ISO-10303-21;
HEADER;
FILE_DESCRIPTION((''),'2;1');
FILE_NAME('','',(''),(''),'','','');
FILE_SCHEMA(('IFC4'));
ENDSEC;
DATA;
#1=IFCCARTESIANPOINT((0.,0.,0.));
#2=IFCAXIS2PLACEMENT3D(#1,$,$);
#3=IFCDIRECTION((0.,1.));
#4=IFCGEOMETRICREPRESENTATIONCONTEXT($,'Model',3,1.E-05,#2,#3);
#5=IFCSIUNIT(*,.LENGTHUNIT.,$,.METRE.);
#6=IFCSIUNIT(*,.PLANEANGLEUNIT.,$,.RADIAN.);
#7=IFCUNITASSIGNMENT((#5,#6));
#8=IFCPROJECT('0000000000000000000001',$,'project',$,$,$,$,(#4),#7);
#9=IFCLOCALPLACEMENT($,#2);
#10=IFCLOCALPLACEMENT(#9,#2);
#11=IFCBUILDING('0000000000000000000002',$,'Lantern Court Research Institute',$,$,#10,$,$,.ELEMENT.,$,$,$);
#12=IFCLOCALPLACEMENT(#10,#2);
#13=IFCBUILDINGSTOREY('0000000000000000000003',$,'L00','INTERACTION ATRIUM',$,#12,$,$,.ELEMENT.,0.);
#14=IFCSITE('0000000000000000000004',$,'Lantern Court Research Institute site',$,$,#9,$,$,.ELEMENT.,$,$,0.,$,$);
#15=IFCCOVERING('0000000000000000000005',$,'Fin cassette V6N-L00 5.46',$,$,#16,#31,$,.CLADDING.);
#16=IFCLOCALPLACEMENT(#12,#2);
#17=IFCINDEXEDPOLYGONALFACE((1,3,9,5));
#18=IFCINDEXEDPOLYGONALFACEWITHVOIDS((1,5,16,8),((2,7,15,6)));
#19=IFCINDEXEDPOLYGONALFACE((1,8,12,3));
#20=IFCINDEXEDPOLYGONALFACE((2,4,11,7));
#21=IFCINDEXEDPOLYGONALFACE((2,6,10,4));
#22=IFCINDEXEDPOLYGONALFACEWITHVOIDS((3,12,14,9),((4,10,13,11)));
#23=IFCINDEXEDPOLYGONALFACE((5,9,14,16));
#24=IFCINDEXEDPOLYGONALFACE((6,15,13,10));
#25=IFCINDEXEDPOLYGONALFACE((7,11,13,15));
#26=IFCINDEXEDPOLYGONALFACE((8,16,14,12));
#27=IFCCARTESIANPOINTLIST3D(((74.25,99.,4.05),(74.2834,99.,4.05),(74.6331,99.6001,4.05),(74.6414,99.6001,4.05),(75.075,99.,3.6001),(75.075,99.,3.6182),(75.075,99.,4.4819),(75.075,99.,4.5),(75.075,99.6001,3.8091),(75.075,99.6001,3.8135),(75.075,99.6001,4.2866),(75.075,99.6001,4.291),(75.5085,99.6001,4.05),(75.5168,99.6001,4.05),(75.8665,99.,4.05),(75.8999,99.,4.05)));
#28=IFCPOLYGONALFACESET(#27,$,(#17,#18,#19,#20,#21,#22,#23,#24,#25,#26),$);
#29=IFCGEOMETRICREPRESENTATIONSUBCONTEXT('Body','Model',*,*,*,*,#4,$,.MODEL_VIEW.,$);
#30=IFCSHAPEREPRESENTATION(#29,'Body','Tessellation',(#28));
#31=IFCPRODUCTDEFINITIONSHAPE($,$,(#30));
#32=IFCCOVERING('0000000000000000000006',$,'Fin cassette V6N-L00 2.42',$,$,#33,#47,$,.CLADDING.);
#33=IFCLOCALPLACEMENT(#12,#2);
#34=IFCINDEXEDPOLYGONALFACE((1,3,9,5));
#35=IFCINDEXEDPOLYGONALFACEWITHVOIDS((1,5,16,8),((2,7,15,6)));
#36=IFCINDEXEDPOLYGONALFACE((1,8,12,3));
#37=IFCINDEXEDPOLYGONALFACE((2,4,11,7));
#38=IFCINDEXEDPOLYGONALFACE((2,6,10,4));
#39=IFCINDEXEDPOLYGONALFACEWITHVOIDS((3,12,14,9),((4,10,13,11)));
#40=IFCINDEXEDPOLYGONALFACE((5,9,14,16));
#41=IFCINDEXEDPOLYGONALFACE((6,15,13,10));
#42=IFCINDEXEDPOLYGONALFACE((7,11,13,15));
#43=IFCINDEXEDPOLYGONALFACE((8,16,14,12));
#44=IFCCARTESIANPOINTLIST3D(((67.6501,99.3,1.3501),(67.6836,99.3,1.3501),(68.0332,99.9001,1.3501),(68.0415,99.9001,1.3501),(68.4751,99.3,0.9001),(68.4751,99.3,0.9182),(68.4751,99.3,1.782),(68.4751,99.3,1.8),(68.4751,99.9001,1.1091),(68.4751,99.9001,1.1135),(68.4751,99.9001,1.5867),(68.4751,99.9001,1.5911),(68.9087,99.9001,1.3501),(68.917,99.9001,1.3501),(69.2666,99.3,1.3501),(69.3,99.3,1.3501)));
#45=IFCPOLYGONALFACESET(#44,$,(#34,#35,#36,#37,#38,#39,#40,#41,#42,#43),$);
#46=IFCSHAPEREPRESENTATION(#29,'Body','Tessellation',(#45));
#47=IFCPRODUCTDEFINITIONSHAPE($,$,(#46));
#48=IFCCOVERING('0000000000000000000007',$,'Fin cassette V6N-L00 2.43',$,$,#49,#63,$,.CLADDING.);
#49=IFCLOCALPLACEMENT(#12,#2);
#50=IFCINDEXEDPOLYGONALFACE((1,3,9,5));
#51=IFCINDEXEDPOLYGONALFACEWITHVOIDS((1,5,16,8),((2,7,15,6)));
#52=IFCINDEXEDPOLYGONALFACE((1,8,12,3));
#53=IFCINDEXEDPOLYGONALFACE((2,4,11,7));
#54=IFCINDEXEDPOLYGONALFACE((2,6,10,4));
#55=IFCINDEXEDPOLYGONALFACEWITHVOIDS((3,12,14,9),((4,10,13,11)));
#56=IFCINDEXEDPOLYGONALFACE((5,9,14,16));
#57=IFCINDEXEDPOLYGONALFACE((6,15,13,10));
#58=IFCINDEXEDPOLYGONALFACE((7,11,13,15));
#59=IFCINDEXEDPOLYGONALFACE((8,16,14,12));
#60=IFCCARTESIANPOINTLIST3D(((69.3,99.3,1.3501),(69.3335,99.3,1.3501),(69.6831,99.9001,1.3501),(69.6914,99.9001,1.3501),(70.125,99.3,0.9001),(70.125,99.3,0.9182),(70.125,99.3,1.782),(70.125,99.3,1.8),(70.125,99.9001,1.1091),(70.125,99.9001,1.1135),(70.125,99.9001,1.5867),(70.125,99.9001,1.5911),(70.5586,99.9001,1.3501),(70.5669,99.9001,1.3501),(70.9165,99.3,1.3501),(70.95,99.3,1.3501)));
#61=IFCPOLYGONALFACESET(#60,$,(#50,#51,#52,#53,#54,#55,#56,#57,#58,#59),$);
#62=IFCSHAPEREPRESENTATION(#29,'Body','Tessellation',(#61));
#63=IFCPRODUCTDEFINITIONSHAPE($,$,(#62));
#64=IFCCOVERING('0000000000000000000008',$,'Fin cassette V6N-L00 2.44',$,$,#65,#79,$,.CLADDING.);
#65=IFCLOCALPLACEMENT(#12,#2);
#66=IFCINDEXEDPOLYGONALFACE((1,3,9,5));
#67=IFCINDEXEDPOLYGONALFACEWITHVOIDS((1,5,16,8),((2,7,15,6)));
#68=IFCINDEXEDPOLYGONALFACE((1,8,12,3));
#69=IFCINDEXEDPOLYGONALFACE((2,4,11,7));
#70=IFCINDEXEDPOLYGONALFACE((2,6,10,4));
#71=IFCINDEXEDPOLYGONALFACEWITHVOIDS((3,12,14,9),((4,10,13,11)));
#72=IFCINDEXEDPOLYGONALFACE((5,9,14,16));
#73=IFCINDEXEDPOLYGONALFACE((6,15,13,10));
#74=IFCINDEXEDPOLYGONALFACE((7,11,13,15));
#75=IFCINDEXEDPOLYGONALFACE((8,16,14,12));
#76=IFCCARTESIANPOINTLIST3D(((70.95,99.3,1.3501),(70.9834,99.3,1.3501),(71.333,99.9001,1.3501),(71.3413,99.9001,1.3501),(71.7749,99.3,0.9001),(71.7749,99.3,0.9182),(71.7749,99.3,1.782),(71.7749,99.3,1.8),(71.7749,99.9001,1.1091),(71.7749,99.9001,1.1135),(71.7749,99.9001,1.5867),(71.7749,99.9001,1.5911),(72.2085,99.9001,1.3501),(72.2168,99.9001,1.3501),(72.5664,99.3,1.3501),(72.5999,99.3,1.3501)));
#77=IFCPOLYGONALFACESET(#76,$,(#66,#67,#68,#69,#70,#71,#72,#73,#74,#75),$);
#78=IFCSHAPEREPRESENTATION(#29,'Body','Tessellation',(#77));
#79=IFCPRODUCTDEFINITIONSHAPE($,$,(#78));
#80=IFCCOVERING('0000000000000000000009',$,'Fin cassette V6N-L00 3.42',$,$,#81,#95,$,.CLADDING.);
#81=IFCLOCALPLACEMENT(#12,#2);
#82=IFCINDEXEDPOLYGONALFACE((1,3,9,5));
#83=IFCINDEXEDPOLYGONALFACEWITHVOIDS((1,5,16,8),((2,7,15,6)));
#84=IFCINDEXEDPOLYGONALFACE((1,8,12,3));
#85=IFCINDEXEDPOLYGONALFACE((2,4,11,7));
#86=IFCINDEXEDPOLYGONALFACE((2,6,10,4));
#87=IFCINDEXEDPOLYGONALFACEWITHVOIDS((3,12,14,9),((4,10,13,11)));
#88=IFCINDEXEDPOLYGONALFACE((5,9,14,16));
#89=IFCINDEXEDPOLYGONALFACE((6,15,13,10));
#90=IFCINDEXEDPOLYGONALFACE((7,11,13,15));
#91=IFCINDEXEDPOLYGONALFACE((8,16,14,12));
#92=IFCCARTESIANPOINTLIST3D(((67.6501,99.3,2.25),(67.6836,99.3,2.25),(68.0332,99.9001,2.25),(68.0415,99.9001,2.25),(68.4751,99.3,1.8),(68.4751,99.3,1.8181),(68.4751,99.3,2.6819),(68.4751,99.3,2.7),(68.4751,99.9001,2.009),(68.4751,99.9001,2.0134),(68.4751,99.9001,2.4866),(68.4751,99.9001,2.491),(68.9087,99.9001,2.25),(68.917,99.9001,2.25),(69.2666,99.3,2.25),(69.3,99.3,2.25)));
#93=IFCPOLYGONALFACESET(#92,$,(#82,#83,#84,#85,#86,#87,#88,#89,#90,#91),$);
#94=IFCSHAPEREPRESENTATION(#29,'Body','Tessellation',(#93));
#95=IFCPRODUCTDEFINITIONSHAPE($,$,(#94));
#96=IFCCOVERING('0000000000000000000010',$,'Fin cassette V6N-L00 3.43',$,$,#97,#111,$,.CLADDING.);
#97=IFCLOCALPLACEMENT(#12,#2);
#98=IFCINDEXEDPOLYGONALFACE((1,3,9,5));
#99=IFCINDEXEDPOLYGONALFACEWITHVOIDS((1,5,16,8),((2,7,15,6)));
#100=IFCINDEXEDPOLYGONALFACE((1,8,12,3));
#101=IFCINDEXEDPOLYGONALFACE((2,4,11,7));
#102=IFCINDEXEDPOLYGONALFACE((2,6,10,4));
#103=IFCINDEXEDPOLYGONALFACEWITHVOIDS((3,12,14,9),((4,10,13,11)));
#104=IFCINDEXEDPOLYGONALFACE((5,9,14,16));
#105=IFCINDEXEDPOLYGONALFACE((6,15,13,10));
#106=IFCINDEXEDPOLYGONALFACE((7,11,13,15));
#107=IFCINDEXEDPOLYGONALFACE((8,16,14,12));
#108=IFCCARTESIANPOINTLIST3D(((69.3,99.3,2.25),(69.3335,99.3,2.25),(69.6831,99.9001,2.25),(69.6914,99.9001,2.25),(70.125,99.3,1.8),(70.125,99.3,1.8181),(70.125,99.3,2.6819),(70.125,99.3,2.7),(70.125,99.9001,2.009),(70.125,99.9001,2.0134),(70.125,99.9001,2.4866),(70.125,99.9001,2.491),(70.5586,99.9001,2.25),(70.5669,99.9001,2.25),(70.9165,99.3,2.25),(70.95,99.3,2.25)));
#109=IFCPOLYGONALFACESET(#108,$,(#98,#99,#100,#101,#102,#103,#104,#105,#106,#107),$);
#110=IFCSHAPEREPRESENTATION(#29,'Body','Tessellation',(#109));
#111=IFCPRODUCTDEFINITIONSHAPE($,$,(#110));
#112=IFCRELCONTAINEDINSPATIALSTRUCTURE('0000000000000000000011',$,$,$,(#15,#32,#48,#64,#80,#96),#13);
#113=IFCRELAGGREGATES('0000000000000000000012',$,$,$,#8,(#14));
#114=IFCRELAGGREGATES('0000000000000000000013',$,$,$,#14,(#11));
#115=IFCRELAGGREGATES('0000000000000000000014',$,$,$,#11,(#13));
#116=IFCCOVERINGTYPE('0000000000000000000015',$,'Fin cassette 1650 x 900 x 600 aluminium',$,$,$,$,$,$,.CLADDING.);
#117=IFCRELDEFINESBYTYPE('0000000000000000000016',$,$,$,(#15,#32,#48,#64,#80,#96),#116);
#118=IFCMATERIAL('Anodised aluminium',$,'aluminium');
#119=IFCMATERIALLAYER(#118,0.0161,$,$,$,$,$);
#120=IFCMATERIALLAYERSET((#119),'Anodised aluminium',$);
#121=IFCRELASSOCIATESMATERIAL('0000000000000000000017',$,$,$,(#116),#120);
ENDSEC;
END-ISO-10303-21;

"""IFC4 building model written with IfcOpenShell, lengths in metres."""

from ifc_helpers import new_model, entity, si_unit, direction, frame, origin, place, context, subcontext, project, spatial, material, layer, layer_set, type_object, element, save


model = new_model("IFC4")

# Units and contexts
model_context = context("Model", 3, precision=1e-05, world=origin(), true_north=direction((0.0, 1.0)))
body_context = subcontext(model_context, "Body", "Model", "MODEL_VIEW")
ifc_project = project(units=[si_unit("LENGTHUNIT", "METRE"), si_unit("PLANEANGLEUNIT", "RADIAN")], contexts=[model_context])

# Site, building, storey
site_placement = place(None, origin())
site = spatial("IfcSite", under=ifc_project, at=site_placement, Name="Lantern Court Research Institute site", CompositionType="ELEMENT", RefElevation=0.0)
building_placement = place(site_placement, origin())
building = spatial("IfcBuilding", under=site, at=building_placement, Name="Lantern Court Research Institute", CompositionType="ELEMENT")
storey_placement = place(building_placement, origin())
storey = spatial("IfcBuildingStorey", under=building, at=storey_placement, Name="L00", Description="INTERACTION ATRIUM", CompositionType="ELEMENT", Elevation=0.0)

# Coverings
ifc_material = material(Name="Anodised aluminium", Category="aluminium")
ifc_layer = layer(ifc_material, 0.0161)
ifc_layer_set = layer_set([ifc_layer], Name="Anodised aluminium")
covering_type = type_object("IfcCoveringType", Name="Fin cassette 1650 x 900 x 600 aluminium", PredefinedType="CLADDING", material=ifc_layer_set)
covering_1_placement = place(storey_placement, frame((75.075, 99.0, 4.05), z_axis=(0.0, 1.0, 0.0), x_axis=(-1.0, 0.0, 0.0)))
cartesian_point_1 = entity("IfcCartesianPoint", [0.825, 0.0])
cartesian_point_2 = entity("IfcCartesianPoint", [0.7915, 0.0])
cartesian_point_3 = entity("IfcCartesianPoint", [0.4419, 0.0])
cartesian_point_4 = entity("IfcCartesianPoint", [0.4336, 0.0])
element("IfcCovering", 1, at=covering_1_placement, inside=storey, type_object=covering_type, Name="Fin cassette V6N-L00 5.46", PredefinedType="CLADDING", context=body_context, shape_type="SweptSolid", body=[
    entity("IfcExtrudedAreaSolidTapered", entity("IfcArbitraryProfileDefWithVoids", "AREA", None, entity("IfcPolyline", [cartesian_point_1, entity("IfcCartesianPoint", [0.0, 0.45]), entity("IfcCartesianPoint", [-0.825, 0.0]), entity("IfcCartesianPoint", [0.0, -0.45]), cartesian_point_1]), [entity("IfcPolyline", [cartesian_point_2, entity("IfcCartesianPoint", [0.0, 0.4319]), entity("IfcCartesianPoint", [-0.7915, 0.0]), entity("IfcCartesianPoint", [0.0, -0.4319]), cartesian_point_2])]), entity("IfcAxis2Placement3D", entity("IfcCartesianPoint", [0.0, 0.0, 0.0])), entity("IfcDirection", [0.0, 0.0, 1.0]), 0.6001, entity("IfcArbitraryProfileDefWithVoids", "AREA", None, entity("IfcPolyline", [cartesian_point_3, entity("IfcCartesianPoint", [0.0, 0.241]), entity("IfcCartesianPoint", [-0.4419, 0.0]), entity("IfcCartesianPoint", [0.0, -0.241]), cartesian_point_3]), [entity("IfcPolyline", [cartesian_point_4, entity("IfcCartesianPoint", [0.0, 0.2366]), entity("IfcCartesianPoint", [-0.4336, 0.0]), entity("IfcCartesianPoint", [0.0, -0.2366]), cartesian_point_4])])),
])
covering_2_placement = place(storey_placement, frame((68.4751, 99.3, 1.3501), z_axis=(0.0, 1.0, 0.0), x_axis=(-1.0, 0.0, 0.0)))
cartesian_point_5 = entity("IfcCartesianPoint", [0.825, 0.0])
cartesian_point_6 = entity("IfcCartesianPoint", [0.7915, 0.0])
cartesian_point_7 = entity("IfcCartesianPoint", [0.4419, 0.0])
cartesian_point_8 = entity("IfcCartesianPoint", [0.4336, 0.0])
element("IfcCovering", 2, at=covering_2_placement, inside=storey, type_object=covering_type, Name="Fin cassette V6N-L00 2.42", PredefinedType="CLADDING", context=body_context, shape_type="SweptSolid", body=[
    entity("IfcExtrudedAreaSolidTapered", entity("IfcArbitraryProfileDefWithVoids", "AREA", None, entity("IfcPolyline", [cartesian_point_5, entity("IfcCartesianPoint", [0.0, 0.45]), entity("IfcCartesianPoint", [-0.825, 0.0]), entity("IfcCartesianPoint", [0.0, -0.45]), cartesian_point_5]), [entity("IfcPolyline", [cartesian_point_6, entity("IfcCartesianPoint", [0.0, 0.4319]), entity("IfcCartesianPoint", [-0.7915, 0.0]), entity("IfcCartesianPoint", [0.0, -0.4319]), cartesian_point_6])]), entity("IfcAxis2Placement3D", entity("IfcCartesianPoint", [0.0, 0.0, 0.0])), entity("IfcDirection", [0.0, 0.0, 1.0]), 0.6001, entity("IfcArbitraryProfileDefWithVoids", "AREA", None, entity("IfcPolyline", [cartesian_point_7, entity("IfcCartesianPoint", [0.0, 0.241]), entity("IfcCartesianPoint", [-0.4419, 0.0]), entity("IfcCartesianPoint", [0.0, -0.241]), cartesian_point_7]), [entity("IfcPolyline", [cartesian_point_8, entity("IfcCartesianPoint", [0.0, 0.2366]), entity("IfcCartesianPoint", [-0.4336, 0.0]), entity("IfcCartesianPoint", [0.0, -0.2366]), cartesian_point_8])])),
])
covering_3_placement = place(storey_placement, frame((70.125, 99.3, 1.3501), z_axis=(0.0, 1.0, 0.0), x_axis=(-1.0, 0.0, 0.0)))
cartesian_point_9 = entity("IfcCartesianPoint", [0.825, 0.0])
cartesian_point_10 = entity("IfcCartesianPoint", [0.7915, 0.0])
cartesian_point_11 = entity("IfcCartesianPoint", [0.4419, 0.0])
cartesian_point_12 = entity("IfcCartesianPoint", [0.4336, 0.0])
element("IfcCovering", 3, at=covering_3_placement, inside=storey, type_object=covering_type, Name="Fin cassette V6N-L00 2.43", PredefinedType="CLADDING", context=body_context, shape_type="SweptSolid", body=[
    entity("IfcExtrudedAreaSolidTapered", entity("IfcArbitraryProfileDefWithVoids", "AREA", None, entity("IfcPolyline", [cartesian_point_9, entity("IfcCartesianPoint", [0.0, 0.45]), entity("IfcCartesianPoint", [-0.825, 0.0]), entity("IfcCartesianPoint", [0.0, -0.45]), cartesian_point_9]), [entity("IfcPolyline", [cartesian_point_10, entity("IfcCartesianPoint", [0.0, 0.4319]), entity("IfcCartesianPoint", [-0.7915, 0.0]), entity("IfcCartesianPoint", [0.0, -0.4319]), cartesian_point_10])]), entity("IfcAxis2Placement3D", entity("IfcCartesianPoint", [0.0, 0.0, 0.0])), entity("IfcDirection", [0.0, 0.0, 1.0]), 0.6001, entity("IfcArbitraryProfileDefWithVoids", "AREA", None, entity("IfcPolyline", [cartesian_point_11, entity("IfcCartesianPoint", [0.0, 0.241]), entity("IfcCartesianPoint", [-0.4419, 0.0]), entity("IfcCartesianPoint", [0.0, -0.241]), cartesian_point_11]), [entity("IfcPolyline", [cartesian_point_12, entity("IfcCartesianPoint", [0.0, 0.2366]), entity("IfcCartesianPoint", [-0.4336, 0.0]), entity("IfcCartesianPoint", [0.0, -0.2366]), cartesian_point_12])])),
])
covering_4_placement = place(storey_placement, frame((71.7749, 99.3, 1.3501), z_axis=(0.0, 1.0, 0.0), x_axis=(-1.0, 0.0, 0.0)))
cartesian_point_13 = entity("IfcCartesianPoint", [0.825, 0.0])
cartesian_point_14 = entity("IfcCartesianPoint", [0.7915, 0.0])
cartesian_point_15 = entity("IfcCartesianPoint", [0.4419, 0.0])
cartesian_point_16 = entity("IfcCartesianPoint", [0.4336, 0.0])
element("IfcCovering", 4, at=covering_4_placement, inside=storey, type_object=covering_type, Name="Fin cassette V6N-L00 2.44", PredefinedType="CLADDING", context=body_context, shape_type="SweptSolid", body=[
    entity("IfcExtrudedAreaSolidTapered", entity("IfcArbitraryProfileDefWithVoids", "AREA", None, entity("IfcPolyline", [cartesian_point_13, entity("IfcCartesianPoint", [0.0, 0.45]), entity("IfcCartesianPoint", [-0.825, 0.0]), entity("IfcCartesianPoint", [0.0, -0.45]), cartesian_point_13]), [entity("IfcPolyline", [cartesian_point_14, entity("IfcCartesianPoint", [0.0, 0.4319]), entity("IfcCartesianPoint", [-0.7915, 0.0]), entity("IfcCartesianPoint", [0.0, -0.4319]), cartesian_point_14])]), entity("IfcAxis2Placement3D", entity("IfcCartesianPoint", [0.0, 0.0, 0.0])), entity("IfcDirection", [0.0, 0.0, 1.0]), 0.6001, entity("IfcArbitraryProfileDefWithVoids", "AREA", None, entity("IfcPolyline", [cartesian_point_15, entity("IfcCartesianPoint", [0.0, 0.241]), entity("IfcCartesianPoint", [-0.4419, 0.0]), entity("IfcCartesianPoint", [0.0, -0.241]), cartesian_point_15]), [entity("IfcPolyline", [cartesian_point_16, entity("IfcCartesianPoint", [0.0, 0.2366]), entity("IfcCartesianPoint", [-0.4336, 0.0]), entity("IfcCartesianPoint", [0.0, -0.2366]), cartesian_point_16])])),
])
covering_5_placement = place(storey_placement, frame((68.4751, 99.3, 2.25), z_axis=(0.0, 1.0, 0.0), x_axis=(-1.0, 0.0, 0.0)))
cartesian_point_17 = entity("IfcCartesianPoint", [0.825, 0.0])
cartesian_point_18 = entity("IfcCartesianPoint", [0.7915, 0.0])
cartesian_point_19 = entity("IfcCartesianPoint", [0.4419, 0.0])
cartesian_point_20 = entity("IfcCartesianPoint", [0.4336, 0.0])
element("IfcCovering", 5, at=covering_5_placement, inside=storey, type_object=covering_type, Name="Fin cassette V6N-L00 3.42", PredefinedType="CLADDING", context=body_context, shape_type="SweptSolid", body=[
    entity("IfcExtrudedAreaSolidTapered", entity("IfcArbitraryProfileDefWithVoids", "AREA", None, entity("IfcPolyline", [cartesian_point_17, entity("IfcCartesianPoint", [0.0, 0.45]), entity("IfcCartesianPoint", [-0.825, 0.0]), entity("IfcCartesianPoint", [0.0, -0.45]), cartesian_point_17]), [entity("IfcPolyline", [cartesian_point_18, entity("IfcCartesianPoint", [0.0, 0.4319]), entity("IfcCartesianPoint", [-0.7915, 0.0]), entity("IfcCartesianPoint", [0.0, -0.4319]), cartesian_point_18])]), entity("IfcAxis2Placement3D", entity("IfcCartesianPoint", [0.0, 0.0, 0.0])), entity("IfcDirection", [0.0, 0.0, 1.0]), 0.6001, entity("IfcArbitraryProfileDefWithVoids", "AREA", None, entity("IfcPolyline", [cartesian_point_19, entity("IfcCartesianPoint", [0.0, 0.241]), entity("IfcCartesianPoint", [-0.4419, 0.0]), entity("IfcCartesianPoint", [0.0, -0.241]), cartesian_point_19]), [entity("IfcPolyline", [cartesian_point_20, entity("IfcCartesianPoint", [0.0, 0.2366]), entity("IfcCartesianPoint", [-0.4336, 0.0]), entity("IfcCartesianPoint", [0.0, -0.2366]), cartesian_point_20])])),
])
covering_6_placement = place(storey_placement, frame((70.125, 99.3, 2.25), z_axis=(0.0, 1.0, 0.0), x_axis=(-1.0, 0.0, 0.0)))
cartesian_point_21 = entity("IfcCartesianPoint", [0.825, 0.0])
cartesian_point_22 = entity("IfcCartesianPoint", [0.7915, 0.0])
cartesian_point_23 = entity("IfcCartesianPoint", [0.4419, 0.0])
cartesian_point_24 = entity("IfcCartesianPoint", [0.4336, 0.0])
element("IfcCovering", 6, at=covering_6_placement, inside=storey, type_object=covering_type, Name="Fin cassette V6N-L00 3.43", PredefinedType="CLADDING", context=body_context, shape_type="SweptSolid", body=[
    entity("IfcExtrudedAreaSolidTapered", entity("IfcArbitraryProfileDefWithVoids", "AREA", None, entity("IfcPolyline", [cartesian_point_21, entity("IfcCartesianPoint", [0.0, 0.45]), entity("IfcCartesianPoint", [-0.825, 0.0]), entity("IfcCartesianPoint", [0.0, -0.45]), cartesian_point_21]), [entity("IfcPolyline", [cartesian_point_22, entity("IfcCartesianPoint", [0.0, 0.4319]), entity("IfcCartesianPoint", [-0.7915, 0.0]), entity("IfcCartesianPoint", [0.0, -0.4319]), cartesian_point_22])]), entity("IfcAxis2Placement3D", entity("IfcCartesianPoint", [0.0, 0.0, 0.0])), entity("IfcDirection", [0.0, 0.0, 1.0]), 0.6001, entity("IfcArbitraryProfileDefWithVoids", "AREA", None, entity("IfcPolyline", [cartesian_point_23, entity("IfcCartesianPoint", [0.0, 0.241]), entity("IfcCartesianPoint", [-0.4419, 0.0]), entity("IfcCartesianPoint", [0.0, -0.241]), cartesian_point_23]), [entity("IfcPolyline", [cartesian_point_24, entity("IfcCartesianPoint", [0.0, 0.2366]), entity("IfcCartesianPoint", [-0.4336, 0.0]), entity("IfcCartesianPoint", [0.0, -0.2366]), cartesian_point_24])])),
])

save(model, "model.ifc")
